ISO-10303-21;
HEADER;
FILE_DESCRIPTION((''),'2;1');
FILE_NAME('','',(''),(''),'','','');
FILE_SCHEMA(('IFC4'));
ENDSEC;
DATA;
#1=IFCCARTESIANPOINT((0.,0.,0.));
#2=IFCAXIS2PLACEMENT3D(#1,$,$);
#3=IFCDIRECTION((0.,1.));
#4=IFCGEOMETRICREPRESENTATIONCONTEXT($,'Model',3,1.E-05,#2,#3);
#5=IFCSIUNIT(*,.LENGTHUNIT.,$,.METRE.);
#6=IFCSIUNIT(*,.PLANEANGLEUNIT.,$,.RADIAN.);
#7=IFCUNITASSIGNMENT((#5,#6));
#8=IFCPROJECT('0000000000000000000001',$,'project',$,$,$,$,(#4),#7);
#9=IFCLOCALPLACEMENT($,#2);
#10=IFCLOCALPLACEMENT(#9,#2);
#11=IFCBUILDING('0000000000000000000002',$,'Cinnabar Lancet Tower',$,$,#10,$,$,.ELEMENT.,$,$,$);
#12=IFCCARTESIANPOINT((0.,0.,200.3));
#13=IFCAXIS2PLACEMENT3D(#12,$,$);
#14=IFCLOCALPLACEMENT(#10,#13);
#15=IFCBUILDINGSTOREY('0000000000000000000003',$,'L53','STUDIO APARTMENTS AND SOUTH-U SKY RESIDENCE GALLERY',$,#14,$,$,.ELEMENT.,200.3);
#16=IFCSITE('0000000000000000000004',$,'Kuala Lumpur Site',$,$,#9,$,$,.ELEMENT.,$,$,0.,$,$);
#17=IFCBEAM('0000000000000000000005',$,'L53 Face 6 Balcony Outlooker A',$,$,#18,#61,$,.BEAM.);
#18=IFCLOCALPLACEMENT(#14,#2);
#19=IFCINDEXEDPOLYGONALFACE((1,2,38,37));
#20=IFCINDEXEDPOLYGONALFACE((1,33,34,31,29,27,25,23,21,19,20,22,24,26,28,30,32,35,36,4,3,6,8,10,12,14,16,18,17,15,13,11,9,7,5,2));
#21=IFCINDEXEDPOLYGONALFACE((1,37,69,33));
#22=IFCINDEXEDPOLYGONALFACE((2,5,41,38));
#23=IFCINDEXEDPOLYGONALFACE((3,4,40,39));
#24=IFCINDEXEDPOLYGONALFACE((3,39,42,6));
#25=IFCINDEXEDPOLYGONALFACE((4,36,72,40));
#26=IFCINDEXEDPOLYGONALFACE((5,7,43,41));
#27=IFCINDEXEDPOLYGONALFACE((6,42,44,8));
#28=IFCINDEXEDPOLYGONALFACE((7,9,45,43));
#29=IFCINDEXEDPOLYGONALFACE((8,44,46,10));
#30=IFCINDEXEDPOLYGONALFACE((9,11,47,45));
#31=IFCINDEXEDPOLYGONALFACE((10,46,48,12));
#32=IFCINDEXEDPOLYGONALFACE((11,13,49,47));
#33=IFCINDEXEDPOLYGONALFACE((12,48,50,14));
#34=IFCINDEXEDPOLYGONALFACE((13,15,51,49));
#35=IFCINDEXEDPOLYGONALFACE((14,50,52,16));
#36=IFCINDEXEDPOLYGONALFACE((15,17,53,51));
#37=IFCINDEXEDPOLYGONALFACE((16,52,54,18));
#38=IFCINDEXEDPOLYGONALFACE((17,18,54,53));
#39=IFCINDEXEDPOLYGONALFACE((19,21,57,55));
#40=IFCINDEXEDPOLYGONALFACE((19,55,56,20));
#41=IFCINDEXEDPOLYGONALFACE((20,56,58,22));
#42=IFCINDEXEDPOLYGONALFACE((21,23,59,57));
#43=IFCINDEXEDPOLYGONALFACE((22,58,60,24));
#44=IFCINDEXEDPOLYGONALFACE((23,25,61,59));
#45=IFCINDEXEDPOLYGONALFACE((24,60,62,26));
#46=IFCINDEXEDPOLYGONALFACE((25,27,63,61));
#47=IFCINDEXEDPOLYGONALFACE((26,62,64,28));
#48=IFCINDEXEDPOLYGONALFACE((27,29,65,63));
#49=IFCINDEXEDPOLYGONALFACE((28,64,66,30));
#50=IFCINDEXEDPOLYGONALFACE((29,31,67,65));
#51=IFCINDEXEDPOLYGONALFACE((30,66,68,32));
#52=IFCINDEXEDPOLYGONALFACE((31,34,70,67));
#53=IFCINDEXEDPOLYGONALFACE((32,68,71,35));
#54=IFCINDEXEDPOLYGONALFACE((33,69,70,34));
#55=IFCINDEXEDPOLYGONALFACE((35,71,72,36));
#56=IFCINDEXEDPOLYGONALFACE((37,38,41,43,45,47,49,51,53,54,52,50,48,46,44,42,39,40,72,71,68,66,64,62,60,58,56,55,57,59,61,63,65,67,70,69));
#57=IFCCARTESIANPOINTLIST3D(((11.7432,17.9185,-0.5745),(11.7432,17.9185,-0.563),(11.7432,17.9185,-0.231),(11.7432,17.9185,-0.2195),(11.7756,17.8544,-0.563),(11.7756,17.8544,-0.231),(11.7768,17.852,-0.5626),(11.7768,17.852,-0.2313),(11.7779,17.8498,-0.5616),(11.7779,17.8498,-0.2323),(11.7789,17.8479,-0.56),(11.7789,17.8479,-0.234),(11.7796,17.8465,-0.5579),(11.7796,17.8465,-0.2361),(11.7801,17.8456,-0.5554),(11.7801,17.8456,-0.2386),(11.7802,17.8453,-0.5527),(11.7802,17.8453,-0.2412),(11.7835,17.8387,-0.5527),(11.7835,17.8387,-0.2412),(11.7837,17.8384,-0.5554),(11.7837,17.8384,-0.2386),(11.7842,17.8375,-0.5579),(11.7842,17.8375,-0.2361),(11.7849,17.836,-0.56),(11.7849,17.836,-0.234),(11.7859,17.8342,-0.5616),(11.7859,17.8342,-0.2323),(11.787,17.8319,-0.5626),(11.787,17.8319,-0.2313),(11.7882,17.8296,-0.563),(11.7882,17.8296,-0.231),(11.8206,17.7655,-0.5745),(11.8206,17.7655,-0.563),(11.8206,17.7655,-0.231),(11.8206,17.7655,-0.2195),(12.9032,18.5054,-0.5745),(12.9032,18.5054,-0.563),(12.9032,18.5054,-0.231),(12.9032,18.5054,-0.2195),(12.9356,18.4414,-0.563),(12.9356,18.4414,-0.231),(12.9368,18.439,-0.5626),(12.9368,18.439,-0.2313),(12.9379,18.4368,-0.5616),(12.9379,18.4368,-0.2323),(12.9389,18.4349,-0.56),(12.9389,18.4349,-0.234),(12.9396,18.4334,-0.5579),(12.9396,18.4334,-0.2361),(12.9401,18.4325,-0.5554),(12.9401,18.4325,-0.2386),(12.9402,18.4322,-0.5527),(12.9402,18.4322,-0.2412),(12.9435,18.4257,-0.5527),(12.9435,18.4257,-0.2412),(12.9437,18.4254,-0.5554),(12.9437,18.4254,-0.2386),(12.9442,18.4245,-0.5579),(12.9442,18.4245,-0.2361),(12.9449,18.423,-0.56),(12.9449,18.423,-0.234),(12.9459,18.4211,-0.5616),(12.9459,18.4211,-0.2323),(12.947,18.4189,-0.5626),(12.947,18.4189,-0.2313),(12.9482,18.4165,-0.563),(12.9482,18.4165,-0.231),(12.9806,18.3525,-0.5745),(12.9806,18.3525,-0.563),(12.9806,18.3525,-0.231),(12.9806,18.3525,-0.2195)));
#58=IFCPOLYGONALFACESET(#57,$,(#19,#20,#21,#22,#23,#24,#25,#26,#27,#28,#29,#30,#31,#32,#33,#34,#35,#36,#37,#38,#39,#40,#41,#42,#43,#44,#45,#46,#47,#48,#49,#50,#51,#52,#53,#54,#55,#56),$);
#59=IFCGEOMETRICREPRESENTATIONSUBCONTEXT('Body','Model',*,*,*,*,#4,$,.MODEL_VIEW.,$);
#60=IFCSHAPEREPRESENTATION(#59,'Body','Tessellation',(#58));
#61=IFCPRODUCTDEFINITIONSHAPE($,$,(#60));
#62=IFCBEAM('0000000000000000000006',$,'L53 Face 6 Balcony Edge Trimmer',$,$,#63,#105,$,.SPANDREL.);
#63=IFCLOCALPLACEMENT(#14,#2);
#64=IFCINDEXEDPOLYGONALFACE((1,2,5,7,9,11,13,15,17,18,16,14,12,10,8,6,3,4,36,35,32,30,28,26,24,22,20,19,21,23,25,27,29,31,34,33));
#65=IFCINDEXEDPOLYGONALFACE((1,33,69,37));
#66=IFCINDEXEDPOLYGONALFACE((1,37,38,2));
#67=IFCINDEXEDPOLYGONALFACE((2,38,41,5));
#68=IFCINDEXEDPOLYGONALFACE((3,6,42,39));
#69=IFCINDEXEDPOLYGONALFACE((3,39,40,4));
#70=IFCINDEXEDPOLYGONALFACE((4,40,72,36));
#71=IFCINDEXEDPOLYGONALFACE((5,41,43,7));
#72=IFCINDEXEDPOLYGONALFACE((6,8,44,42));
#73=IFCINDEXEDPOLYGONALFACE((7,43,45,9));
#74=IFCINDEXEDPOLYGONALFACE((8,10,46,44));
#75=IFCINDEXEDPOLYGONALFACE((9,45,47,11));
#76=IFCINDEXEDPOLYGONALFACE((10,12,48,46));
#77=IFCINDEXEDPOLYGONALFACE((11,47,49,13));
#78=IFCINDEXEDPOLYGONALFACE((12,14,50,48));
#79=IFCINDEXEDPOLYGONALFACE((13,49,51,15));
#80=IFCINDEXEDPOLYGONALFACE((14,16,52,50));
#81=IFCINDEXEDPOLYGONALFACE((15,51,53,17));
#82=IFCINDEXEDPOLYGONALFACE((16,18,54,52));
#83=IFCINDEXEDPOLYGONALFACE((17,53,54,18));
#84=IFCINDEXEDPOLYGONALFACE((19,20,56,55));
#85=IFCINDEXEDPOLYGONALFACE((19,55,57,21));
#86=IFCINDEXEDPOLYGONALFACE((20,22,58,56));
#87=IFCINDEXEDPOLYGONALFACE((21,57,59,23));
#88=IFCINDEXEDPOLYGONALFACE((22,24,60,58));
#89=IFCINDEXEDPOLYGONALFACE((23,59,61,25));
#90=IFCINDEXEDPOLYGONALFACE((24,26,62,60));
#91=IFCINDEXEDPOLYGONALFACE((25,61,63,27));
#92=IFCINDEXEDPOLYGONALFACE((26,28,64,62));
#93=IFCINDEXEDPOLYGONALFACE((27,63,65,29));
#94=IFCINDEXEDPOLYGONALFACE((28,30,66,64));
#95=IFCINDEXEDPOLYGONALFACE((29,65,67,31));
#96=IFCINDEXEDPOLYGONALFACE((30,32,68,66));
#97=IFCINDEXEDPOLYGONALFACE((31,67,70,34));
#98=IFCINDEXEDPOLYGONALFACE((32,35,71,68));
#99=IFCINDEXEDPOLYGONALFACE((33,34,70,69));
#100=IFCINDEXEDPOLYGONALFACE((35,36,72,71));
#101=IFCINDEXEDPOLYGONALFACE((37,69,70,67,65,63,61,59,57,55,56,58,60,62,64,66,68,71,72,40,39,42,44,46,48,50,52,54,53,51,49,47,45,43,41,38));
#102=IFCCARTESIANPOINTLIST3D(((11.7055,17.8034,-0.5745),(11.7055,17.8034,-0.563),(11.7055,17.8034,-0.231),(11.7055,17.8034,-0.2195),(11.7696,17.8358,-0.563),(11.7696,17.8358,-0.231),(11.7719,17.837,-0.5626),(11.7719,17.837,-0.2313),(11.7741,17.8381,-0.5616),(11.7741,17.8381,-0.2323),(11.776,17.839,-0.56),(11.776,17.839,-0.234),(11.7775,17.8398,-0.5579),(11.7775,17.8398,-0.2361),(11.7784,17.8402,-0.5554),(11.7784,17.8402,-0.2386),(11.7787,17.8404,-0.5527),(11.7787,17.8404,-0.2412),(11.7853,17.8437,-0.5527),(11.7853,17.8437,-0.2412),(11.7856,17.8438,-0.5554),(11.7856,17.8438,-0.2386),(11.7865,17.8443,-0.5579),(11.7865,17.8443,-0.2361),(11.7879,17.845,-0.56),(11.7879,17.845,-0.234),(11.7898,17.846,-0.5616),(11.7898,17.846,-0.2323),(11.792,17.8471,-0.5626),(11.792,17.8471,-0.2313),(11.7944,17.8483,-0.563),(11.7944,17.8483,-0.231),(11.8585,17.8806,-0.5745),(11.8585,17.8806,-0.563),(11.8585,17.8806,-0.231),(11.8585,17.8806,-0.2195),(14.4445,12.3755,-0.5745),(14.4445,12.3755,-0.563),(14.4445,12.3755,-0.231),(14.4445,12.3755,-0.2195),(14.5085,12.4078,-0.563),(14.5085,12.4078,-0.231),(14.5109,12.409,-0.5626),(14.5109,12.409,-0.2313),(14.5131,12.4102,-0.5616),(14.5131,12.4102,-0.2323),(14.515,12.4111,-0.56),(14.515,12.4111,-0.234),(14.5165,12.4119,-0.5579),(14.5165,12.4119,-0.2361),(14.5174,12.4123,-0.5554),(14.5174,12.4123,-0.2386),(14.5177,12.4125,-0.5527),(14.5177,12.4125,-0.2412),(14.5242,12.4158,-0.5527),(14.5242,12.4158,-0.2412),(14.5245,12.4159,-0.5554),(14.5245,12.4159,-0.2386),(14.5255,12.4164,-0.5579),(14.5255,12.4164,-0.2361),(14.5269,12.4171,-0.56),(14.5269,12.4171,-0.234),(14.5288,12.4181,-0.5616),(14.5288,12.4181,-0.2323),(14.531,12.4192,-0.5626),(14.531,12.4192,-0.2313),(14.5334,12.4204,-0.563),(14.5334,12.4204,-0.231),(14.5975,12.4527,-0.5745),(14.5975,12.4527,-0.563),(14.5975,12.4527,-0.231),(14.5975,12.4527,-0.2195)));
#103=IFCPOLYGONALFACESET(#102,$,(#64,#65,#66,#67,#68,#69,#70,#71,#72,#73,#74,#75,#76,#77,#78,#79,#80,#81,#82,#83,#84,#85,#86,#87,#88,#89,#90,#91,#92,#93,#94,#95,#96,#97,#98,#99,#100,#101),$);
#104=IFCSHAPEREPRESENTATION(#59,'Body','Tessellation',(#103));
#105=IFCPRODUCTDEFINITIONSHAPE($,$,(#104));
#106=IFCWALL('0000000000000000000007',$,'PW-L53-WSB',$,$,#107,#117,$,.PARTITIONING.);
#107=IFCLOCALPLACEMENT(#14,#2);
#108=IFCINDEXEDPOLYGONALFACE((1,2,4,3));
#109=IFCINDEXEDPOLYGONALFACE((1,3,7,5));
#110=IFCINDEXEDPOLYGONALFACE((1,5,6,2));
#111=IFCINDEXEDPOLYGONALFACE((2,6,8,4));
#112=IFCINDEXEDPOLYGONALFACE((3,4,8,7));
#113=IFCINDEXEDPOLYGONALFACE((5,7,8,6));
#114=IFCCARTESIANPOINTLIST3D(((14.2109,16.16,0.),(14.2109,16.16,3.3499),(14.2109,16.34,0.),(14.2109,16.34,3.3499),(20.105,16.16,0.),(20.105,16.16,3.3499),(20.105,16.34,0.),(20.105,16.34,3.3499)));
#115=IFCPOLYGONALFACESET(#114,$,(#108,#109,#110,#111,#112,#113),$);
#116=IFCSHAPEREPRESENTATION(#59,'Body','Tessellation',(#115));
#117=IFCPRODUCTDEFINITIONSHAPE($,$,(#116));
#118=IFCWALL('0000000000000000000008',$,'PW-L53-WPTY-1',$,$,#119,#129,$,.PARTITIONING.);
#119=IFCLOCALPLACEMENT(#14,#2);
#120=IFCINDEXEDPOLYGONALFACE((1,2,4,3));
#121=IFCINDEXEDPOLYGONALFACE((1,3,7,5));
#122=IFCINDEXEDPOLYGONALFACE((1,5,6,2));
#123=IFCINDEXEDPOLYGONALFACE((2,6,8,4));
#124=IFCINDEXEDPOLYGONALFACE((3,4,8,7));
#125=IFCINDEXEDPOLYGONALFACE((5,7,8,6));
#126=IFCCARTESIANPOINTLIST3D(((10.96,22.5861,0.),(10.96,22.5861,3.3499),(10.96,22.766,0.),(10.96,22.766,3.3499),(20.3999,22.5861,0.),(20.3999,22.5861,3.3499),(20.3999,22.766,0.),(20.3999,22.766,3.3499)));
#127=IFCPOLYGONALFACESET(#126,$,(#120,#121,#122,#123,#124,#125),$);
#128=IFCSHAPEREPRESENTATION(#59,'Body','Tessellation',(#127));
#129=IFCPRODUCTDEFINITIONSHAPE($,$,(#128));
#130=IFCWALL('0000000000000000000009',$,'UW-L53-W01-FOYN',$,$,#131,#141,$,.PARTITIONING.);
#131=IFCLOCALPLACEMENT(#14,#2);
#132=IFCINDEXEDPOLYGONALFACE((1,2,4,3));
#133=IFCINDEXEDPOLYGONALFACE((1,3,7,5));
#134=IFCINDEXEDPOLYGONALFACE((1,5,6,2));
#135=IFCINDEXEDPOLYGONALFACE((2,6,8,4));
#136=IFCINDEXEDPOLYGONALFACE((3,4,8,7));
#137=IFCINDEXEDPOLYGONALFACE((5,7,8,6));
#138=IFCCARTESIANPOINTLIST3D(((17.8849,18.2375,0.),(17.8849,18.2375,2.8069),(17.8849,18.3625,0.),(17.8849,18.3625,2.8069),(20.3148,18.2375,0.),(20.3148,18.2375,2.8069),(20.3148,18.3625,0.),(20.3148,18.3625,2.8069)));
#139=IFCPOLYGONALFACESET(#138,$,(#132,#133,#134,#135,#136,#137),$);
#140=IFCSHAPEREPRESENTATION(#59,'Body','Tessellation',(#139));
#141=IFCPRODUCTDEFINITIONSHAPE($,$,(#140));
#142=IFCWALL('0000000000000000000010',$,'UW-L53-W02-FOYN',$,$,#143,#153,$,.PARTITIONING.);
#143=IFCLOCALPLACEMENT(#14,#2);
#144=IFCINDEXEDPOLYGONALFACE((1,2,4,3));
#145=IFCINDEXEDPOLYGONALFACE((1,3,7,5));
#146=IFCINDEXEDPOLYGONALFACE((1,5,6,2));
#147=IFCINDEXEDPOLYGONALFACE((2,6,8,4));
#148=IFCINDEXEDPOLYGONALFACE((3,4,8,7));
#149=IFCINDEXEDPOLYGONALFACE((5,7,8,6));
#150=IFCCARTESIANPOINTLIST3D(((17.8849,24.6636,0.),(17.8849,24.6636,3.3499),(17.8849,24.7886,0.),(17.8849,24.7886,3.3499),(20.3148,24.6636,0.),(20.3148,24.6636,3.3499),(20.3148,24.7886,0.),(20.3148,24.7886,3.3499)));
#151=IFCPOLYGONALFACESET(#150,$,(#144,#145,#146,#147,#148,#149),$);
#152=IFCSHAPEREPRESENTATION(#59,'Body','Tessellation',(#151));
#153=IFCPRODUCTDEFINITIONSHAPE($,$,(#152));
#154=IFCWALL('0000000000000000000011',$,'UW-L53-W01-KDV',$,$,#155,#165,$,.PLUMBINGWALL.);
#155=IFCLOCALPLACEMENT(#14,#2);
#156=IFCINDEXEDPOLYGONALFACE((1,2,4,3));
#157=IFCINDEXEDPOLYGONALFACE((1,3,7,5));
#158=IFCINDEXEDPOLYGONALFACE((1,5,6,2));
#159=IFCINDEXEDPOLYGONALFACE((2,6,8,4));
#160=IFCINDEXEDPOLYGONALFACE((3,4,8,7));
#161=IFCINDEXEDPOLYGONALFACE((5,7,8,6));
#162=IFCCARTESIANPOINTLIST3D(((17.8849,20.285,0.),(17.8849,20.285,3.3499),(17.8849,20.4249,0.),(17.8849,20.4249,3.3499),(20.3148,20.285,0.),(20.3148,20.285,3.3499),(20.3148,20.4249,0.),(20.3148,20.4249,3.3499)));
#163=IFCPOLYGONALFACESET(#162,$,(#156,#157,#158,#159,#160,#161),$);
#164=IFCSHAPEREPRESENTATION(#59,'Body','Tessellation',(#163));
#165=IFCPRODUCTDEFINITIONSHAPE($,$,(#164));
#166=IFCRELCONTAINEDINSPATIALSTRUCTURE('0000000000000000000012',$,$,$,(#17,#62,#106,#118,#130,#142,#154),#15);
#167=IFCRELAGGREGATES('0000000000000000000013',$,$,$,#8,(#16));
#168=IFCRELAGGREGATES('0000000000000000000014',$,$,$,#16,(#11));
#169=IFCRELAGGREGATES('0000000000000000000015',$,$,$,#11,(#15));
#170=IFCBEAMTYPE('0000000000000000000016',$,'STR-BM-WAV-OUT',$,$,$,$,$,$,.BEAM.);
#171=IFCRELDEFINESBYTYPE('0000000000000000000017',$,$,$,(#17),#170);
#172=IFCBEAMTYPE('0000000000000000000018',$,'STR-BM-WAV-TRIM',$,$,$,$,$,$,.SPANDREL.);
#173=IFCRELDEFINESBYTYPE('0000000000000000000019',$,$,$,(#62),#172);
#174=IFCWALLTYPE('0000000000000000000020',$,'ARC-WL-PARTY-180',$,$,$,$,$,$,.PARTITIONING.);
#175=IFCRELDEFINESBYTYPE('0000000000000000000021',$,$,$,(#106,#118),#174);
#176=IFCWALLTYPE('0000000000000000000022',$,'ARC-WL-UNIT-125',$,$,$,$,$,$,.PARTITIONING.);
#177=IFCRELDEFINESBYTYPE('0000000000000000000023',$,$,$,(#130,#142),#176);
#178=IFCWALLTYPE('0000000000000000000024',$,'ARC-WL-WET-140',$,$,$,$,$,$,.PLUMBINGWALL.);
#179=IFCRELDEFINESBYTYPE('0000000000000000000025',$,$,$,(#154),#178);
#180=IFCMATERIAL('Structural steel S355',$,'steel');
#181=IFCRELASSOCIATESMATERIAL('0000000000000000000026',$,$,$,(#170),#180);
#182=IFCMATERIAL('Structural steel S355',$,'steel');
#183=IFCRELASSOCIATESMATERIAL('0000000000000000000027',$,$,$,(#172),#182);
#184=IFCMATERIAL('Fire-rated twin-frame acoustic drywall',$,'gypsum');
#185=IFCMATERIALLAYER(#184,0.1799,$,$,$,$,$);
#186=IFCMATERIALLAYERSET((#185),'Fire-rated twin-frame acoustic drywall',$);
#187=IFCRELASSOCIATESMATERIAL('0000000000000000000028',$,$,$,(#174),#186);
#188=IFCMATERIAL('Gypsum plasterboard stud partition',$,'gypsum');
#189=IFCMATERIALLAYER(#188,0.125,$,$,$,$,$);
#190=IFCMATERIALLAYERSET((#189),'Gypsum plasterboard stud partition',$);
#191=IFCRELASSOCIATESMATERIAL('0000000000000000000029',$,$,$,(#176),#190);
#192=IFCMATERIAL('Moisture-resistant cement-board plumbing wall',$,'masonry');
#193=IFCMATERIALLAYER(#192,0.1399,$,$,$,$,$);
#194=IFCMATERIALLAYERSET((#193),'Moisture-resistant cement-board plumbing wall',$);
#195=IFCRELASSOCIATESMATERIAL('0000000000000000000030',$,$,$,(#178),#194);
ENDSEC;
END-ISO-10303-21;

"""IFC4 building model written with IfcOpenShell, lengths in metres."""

from ifc_helpers import new_model, si_unit, direction, frame, frame_2d, origin, origin_2d, place, context, subcontext, project, spatial, rectangle, i_section, extrude, material, layer, layer_set, material_profile, profile_set, type_object, element, save


model = new_model("IFC4")

# Units and contexts
model_context = context("Model", 3, precision=1e-05, world=origin(), true_north=direction((0.0, 1.0)))
body_context = subcontext(model_context, "Body", "Model", "MODEL_VIEW")
ifc_project = project(units=[si_unit("LENGTHUNIT", "METRE"), si_unit("PLANEANGLEUNIT", "RADIAN")], contexts=[model_context])

# Site, building, storey
site_placement = place(None, origin())
site = spatial("IfcSite", under=ifc_project, at=site_placement, Name="Kuala Lumpur Site", CompositionType="ELEMENT", RefElevation=0.0)
building_placement = place(site_placement, origin())
building = spatial("IfcBuilding", under=site, at=building_placement, Name="Cinnabar Lancet Tower", CompositionType="ELEMENT")
storey_placement = place(building_placement, frame((0.0, 0.0, 200.3)))
storey = spatial("IfcBuildingStorey", under=building, at=storey_placement, Name="L53", Description="STUDIO APARTMENTS AND SOUTH-U SKY RESIDENCE GALLERY", CompositionType="ELEMENT", Elevation=200.3)

# Beams
ifc_material_1 = material(Name="Structural steel S355", Category="steel")
ifc_material_profile_1 = material_profile(ifc_material_1, i_section(OverallWidth=0.1714, OverallDepth=0.355, WebThickness=0.0073, FlangeThickness=0.0115, FilletRadius=0.0103, at=origin_2d()), Name="UKB 356x171x51")
ifc_profile_set_1 = profile_set([ifc_material_profile_1], Name="Structural steel S355")
beam_type_1 = type_object("IfcBeamType", Name="STR-BM-WAV-OUT", PredefinedType="BEAM", material=ifc_profile_set_1)
beam_1_placement = place(storey_placement, frame((12.9419, 18.429, -0.397), z_axis=(-0.892276, -0.45149, 0.0), x_axis=(0.45149, -0.892276, 0.0)))
element("IfcBeam", 1, at=beam_1_placement, inside=storey, type_object=beam_type_1, Name="L53 Face 6 Balcony Outlooker A", PredefinedType="BEAM", context=body_context, shape_type="SweptSolid", body=[
    extrude(i_section(OverallWidth=0.1714, OverallDepth=0.355, WebThickness=0.0073, FlangeThickness=0.0115, FilletRadius=0.0103, at=origin_2d()), origin(), (0.0, 0.0, 1.0), 1.3),
])
ifc_material_2 = material(Name="Structural steel S355", Category="steel")
ifc_material_profile_2 = material_profile(ifc_material_2, i_section(OverallWidth=0.1714, OverallDepth=0.355, WebThickness=0.0073, FlangeThickness=0.0115, FilletRadius=0.0103, at=origin_2d()), Name="UKB 356x171x51")
ifc_profile_set_2 = profile_set([ifc_material_profile_2], Name="Structural steel S355")
beam_type_2 = type_object("IfcBeamType", Name="STR-BM-WAV-TRIM", PredefinedType="SPANDREL", material=ifc_profile_set_2)
beam_2_placement = place(storey_placement, frame((11.782, 17.842, -0.397), z_axis=(0.450503, -0.892775, 0.0), x_axis=(0.892775, 0.450503, 0.0)))
element("IfcBeam", 2, at=beam_2_placement, inside=storey, type_object=beam_type_2, Name="L53 Face 6 Balcony Edge Trimmer", PredefinedType="SPANDREL", context=body_context, shape_type="SweptSolid", body=[
    extrude(i_section(OverallWidth=0.1714, OverallDepth=0.355, WebThickness=0.0073, FlangeThickness=0.0115, FilletRadius=0.0103, at=origin_2d()), origin(), (0.0, 0.0, 1.0), 6.0798),
])

# Walls
ifc_material_3 = material(Name="Fire-rated twin-frame acoustic drywall", Category="gypsum")
ifc_layer_1 = layer(ifc_material_3, 0.1799)
ifc_layer_set_1 = layer_set([ifc_layer_1], Name="Fire-rated twin-frame acoustic drywall")
wall_type_1 = type_object("IfcWallType", Name="ARC-WL-PARTY-180", PredefinedType="PARTITIONING", material=ifc_layer_set_1)
wall_1_placement = place(storey_placement, frame((14.2109, 16.25, 0.0), z_axis=(0.0, 0.0, 1.0), x_axis=(1.0, 0.0, 0.0)))
element("IfcWall", 3, at=wall_1_placement, inside=storey, type_object=wall_type_1, Name="PW-L53-WSB", PredefinedType="PARTITIONING", context=body_context, shape_type="SweptSolid", body=[
    extrude(rectangle(XDim=5.894, YDim=0.1799, at=frame_2d((2.947, 0.0))), origin(), (0.0, 0.0, 1.0), 3.3499),
])
wall_2_placement = place(storey_placement, frame((10.96, 22.676, 0.0), z_axis=(0.0, 0.0, 1.0), x_axis=(1.0, 0.0, 0.0)))
element("IfcWall", 4, at=wall_2_placement, inside=storey, type_object=wall_type_1, Name="PW-L53-WPTY-1", PredefinedType="PARTITIONING", context=body_context, shape_type="SweptSolid", body=[
    extrude(rectangle(XDim=9.4399, YDim=0.1799, at=frame_2d((4.72, 0.0))), origin(), (0.0, 0.0, 1.0), 3.3499),
])
ifc_material_4 = material(Name="Gypsum plasterboard stud partition", Category="gypsum")
ifc_layer_2 = layer(ifc_material_4, 0.125)
ifc_layer_set_2 = layer_set([ifc_layer_2], Name="Gypsum plasterboard stud partition")
wall_type_2 = type_object("IfcWallType", Name="ARC-WL-UNIT-125", PredefinedType="PARTITIONING", material=ifc_layer_set_2)
wall_3_placement = place(storey_placement, frame((17.885, 18.3, 0.0), z_axis=(0.0, 0.0, 1.0), x_axis=(1.0, 0.0, 0.0)))
element("IfcWall", 5, at=wall_3_placement, inside=storey, type_object=wall_type_2, Name="UW-L53-W01-FOYN", PredefinedType="PARTITIONING", context=body_context, shape_type="SweptSolid", body=[
    extrude(rectangle(XDim=2.4299, YDim=0.125, at=frame_2d((1.2148, 0.0))), origin(), (0.0, 0.0, 1.0), 2.8069),
])
wall_4_placement = place(storey_placement, frame((17.885, 24.7261, 0.0), z_axis=(0.0, 0.0, 1.0), x_axis=(1.0, 0.0, 0.0)))
element("IfcWall", 6, at=wall_4_placement, inside=storey, type_object=wall_type_2, Name="UW-L53-W02-FOYN", PredefinedType="PARTITIONING", context=body_context, shape_type="SweptSolid", body=[
    extrude(rectangle(XDim=2.4299, YDim=0.125, at=frame_2d((1.2148, 0.0))), origin(), (0.0, 0.0, 1.0), 3.3499),
])

# Shared definitions
ifc_material_5 = material(Name="Moisture-resistant cement-board plumbing wall", Category="masonry")
ifc_layer_3 = layer(ifc_material_5, 0.1399)
ifc_layer_set_3 = layer_set([ifc_layer_3], Name="Moisture-resistant cement-board plumbing wall")
wall_type_3 = type_object("IfcWallType", Name="ARC-WL-WET-140", PredefinedType="PLUMBINGWALL", material=ifc_layer_set_3)

# Wall
wall_5_placement = place(storey_placement, frame((17.885, 20.355, 0.0), z_axis=(0.0, 0.0, 1.0), x_axis=(1.0, 0.0, 0.0)))
element("IfcWall", 7, at=wall_5_placement, inside=storey, type_object=wall_type_3, Name="UW-L53-W01-KDV", PredefinedType="PLUMBINGWALL", context=body_context, shape_type="SweptSolid", body=[
    extrude(rectangle(XDim=2.4299, YDim=0.1399, at=frame_2d((1.2148, 0.0))), origin(), (0.0, 0.0, 1.0), 3.3499),
])

save(model, "model.ifc")
